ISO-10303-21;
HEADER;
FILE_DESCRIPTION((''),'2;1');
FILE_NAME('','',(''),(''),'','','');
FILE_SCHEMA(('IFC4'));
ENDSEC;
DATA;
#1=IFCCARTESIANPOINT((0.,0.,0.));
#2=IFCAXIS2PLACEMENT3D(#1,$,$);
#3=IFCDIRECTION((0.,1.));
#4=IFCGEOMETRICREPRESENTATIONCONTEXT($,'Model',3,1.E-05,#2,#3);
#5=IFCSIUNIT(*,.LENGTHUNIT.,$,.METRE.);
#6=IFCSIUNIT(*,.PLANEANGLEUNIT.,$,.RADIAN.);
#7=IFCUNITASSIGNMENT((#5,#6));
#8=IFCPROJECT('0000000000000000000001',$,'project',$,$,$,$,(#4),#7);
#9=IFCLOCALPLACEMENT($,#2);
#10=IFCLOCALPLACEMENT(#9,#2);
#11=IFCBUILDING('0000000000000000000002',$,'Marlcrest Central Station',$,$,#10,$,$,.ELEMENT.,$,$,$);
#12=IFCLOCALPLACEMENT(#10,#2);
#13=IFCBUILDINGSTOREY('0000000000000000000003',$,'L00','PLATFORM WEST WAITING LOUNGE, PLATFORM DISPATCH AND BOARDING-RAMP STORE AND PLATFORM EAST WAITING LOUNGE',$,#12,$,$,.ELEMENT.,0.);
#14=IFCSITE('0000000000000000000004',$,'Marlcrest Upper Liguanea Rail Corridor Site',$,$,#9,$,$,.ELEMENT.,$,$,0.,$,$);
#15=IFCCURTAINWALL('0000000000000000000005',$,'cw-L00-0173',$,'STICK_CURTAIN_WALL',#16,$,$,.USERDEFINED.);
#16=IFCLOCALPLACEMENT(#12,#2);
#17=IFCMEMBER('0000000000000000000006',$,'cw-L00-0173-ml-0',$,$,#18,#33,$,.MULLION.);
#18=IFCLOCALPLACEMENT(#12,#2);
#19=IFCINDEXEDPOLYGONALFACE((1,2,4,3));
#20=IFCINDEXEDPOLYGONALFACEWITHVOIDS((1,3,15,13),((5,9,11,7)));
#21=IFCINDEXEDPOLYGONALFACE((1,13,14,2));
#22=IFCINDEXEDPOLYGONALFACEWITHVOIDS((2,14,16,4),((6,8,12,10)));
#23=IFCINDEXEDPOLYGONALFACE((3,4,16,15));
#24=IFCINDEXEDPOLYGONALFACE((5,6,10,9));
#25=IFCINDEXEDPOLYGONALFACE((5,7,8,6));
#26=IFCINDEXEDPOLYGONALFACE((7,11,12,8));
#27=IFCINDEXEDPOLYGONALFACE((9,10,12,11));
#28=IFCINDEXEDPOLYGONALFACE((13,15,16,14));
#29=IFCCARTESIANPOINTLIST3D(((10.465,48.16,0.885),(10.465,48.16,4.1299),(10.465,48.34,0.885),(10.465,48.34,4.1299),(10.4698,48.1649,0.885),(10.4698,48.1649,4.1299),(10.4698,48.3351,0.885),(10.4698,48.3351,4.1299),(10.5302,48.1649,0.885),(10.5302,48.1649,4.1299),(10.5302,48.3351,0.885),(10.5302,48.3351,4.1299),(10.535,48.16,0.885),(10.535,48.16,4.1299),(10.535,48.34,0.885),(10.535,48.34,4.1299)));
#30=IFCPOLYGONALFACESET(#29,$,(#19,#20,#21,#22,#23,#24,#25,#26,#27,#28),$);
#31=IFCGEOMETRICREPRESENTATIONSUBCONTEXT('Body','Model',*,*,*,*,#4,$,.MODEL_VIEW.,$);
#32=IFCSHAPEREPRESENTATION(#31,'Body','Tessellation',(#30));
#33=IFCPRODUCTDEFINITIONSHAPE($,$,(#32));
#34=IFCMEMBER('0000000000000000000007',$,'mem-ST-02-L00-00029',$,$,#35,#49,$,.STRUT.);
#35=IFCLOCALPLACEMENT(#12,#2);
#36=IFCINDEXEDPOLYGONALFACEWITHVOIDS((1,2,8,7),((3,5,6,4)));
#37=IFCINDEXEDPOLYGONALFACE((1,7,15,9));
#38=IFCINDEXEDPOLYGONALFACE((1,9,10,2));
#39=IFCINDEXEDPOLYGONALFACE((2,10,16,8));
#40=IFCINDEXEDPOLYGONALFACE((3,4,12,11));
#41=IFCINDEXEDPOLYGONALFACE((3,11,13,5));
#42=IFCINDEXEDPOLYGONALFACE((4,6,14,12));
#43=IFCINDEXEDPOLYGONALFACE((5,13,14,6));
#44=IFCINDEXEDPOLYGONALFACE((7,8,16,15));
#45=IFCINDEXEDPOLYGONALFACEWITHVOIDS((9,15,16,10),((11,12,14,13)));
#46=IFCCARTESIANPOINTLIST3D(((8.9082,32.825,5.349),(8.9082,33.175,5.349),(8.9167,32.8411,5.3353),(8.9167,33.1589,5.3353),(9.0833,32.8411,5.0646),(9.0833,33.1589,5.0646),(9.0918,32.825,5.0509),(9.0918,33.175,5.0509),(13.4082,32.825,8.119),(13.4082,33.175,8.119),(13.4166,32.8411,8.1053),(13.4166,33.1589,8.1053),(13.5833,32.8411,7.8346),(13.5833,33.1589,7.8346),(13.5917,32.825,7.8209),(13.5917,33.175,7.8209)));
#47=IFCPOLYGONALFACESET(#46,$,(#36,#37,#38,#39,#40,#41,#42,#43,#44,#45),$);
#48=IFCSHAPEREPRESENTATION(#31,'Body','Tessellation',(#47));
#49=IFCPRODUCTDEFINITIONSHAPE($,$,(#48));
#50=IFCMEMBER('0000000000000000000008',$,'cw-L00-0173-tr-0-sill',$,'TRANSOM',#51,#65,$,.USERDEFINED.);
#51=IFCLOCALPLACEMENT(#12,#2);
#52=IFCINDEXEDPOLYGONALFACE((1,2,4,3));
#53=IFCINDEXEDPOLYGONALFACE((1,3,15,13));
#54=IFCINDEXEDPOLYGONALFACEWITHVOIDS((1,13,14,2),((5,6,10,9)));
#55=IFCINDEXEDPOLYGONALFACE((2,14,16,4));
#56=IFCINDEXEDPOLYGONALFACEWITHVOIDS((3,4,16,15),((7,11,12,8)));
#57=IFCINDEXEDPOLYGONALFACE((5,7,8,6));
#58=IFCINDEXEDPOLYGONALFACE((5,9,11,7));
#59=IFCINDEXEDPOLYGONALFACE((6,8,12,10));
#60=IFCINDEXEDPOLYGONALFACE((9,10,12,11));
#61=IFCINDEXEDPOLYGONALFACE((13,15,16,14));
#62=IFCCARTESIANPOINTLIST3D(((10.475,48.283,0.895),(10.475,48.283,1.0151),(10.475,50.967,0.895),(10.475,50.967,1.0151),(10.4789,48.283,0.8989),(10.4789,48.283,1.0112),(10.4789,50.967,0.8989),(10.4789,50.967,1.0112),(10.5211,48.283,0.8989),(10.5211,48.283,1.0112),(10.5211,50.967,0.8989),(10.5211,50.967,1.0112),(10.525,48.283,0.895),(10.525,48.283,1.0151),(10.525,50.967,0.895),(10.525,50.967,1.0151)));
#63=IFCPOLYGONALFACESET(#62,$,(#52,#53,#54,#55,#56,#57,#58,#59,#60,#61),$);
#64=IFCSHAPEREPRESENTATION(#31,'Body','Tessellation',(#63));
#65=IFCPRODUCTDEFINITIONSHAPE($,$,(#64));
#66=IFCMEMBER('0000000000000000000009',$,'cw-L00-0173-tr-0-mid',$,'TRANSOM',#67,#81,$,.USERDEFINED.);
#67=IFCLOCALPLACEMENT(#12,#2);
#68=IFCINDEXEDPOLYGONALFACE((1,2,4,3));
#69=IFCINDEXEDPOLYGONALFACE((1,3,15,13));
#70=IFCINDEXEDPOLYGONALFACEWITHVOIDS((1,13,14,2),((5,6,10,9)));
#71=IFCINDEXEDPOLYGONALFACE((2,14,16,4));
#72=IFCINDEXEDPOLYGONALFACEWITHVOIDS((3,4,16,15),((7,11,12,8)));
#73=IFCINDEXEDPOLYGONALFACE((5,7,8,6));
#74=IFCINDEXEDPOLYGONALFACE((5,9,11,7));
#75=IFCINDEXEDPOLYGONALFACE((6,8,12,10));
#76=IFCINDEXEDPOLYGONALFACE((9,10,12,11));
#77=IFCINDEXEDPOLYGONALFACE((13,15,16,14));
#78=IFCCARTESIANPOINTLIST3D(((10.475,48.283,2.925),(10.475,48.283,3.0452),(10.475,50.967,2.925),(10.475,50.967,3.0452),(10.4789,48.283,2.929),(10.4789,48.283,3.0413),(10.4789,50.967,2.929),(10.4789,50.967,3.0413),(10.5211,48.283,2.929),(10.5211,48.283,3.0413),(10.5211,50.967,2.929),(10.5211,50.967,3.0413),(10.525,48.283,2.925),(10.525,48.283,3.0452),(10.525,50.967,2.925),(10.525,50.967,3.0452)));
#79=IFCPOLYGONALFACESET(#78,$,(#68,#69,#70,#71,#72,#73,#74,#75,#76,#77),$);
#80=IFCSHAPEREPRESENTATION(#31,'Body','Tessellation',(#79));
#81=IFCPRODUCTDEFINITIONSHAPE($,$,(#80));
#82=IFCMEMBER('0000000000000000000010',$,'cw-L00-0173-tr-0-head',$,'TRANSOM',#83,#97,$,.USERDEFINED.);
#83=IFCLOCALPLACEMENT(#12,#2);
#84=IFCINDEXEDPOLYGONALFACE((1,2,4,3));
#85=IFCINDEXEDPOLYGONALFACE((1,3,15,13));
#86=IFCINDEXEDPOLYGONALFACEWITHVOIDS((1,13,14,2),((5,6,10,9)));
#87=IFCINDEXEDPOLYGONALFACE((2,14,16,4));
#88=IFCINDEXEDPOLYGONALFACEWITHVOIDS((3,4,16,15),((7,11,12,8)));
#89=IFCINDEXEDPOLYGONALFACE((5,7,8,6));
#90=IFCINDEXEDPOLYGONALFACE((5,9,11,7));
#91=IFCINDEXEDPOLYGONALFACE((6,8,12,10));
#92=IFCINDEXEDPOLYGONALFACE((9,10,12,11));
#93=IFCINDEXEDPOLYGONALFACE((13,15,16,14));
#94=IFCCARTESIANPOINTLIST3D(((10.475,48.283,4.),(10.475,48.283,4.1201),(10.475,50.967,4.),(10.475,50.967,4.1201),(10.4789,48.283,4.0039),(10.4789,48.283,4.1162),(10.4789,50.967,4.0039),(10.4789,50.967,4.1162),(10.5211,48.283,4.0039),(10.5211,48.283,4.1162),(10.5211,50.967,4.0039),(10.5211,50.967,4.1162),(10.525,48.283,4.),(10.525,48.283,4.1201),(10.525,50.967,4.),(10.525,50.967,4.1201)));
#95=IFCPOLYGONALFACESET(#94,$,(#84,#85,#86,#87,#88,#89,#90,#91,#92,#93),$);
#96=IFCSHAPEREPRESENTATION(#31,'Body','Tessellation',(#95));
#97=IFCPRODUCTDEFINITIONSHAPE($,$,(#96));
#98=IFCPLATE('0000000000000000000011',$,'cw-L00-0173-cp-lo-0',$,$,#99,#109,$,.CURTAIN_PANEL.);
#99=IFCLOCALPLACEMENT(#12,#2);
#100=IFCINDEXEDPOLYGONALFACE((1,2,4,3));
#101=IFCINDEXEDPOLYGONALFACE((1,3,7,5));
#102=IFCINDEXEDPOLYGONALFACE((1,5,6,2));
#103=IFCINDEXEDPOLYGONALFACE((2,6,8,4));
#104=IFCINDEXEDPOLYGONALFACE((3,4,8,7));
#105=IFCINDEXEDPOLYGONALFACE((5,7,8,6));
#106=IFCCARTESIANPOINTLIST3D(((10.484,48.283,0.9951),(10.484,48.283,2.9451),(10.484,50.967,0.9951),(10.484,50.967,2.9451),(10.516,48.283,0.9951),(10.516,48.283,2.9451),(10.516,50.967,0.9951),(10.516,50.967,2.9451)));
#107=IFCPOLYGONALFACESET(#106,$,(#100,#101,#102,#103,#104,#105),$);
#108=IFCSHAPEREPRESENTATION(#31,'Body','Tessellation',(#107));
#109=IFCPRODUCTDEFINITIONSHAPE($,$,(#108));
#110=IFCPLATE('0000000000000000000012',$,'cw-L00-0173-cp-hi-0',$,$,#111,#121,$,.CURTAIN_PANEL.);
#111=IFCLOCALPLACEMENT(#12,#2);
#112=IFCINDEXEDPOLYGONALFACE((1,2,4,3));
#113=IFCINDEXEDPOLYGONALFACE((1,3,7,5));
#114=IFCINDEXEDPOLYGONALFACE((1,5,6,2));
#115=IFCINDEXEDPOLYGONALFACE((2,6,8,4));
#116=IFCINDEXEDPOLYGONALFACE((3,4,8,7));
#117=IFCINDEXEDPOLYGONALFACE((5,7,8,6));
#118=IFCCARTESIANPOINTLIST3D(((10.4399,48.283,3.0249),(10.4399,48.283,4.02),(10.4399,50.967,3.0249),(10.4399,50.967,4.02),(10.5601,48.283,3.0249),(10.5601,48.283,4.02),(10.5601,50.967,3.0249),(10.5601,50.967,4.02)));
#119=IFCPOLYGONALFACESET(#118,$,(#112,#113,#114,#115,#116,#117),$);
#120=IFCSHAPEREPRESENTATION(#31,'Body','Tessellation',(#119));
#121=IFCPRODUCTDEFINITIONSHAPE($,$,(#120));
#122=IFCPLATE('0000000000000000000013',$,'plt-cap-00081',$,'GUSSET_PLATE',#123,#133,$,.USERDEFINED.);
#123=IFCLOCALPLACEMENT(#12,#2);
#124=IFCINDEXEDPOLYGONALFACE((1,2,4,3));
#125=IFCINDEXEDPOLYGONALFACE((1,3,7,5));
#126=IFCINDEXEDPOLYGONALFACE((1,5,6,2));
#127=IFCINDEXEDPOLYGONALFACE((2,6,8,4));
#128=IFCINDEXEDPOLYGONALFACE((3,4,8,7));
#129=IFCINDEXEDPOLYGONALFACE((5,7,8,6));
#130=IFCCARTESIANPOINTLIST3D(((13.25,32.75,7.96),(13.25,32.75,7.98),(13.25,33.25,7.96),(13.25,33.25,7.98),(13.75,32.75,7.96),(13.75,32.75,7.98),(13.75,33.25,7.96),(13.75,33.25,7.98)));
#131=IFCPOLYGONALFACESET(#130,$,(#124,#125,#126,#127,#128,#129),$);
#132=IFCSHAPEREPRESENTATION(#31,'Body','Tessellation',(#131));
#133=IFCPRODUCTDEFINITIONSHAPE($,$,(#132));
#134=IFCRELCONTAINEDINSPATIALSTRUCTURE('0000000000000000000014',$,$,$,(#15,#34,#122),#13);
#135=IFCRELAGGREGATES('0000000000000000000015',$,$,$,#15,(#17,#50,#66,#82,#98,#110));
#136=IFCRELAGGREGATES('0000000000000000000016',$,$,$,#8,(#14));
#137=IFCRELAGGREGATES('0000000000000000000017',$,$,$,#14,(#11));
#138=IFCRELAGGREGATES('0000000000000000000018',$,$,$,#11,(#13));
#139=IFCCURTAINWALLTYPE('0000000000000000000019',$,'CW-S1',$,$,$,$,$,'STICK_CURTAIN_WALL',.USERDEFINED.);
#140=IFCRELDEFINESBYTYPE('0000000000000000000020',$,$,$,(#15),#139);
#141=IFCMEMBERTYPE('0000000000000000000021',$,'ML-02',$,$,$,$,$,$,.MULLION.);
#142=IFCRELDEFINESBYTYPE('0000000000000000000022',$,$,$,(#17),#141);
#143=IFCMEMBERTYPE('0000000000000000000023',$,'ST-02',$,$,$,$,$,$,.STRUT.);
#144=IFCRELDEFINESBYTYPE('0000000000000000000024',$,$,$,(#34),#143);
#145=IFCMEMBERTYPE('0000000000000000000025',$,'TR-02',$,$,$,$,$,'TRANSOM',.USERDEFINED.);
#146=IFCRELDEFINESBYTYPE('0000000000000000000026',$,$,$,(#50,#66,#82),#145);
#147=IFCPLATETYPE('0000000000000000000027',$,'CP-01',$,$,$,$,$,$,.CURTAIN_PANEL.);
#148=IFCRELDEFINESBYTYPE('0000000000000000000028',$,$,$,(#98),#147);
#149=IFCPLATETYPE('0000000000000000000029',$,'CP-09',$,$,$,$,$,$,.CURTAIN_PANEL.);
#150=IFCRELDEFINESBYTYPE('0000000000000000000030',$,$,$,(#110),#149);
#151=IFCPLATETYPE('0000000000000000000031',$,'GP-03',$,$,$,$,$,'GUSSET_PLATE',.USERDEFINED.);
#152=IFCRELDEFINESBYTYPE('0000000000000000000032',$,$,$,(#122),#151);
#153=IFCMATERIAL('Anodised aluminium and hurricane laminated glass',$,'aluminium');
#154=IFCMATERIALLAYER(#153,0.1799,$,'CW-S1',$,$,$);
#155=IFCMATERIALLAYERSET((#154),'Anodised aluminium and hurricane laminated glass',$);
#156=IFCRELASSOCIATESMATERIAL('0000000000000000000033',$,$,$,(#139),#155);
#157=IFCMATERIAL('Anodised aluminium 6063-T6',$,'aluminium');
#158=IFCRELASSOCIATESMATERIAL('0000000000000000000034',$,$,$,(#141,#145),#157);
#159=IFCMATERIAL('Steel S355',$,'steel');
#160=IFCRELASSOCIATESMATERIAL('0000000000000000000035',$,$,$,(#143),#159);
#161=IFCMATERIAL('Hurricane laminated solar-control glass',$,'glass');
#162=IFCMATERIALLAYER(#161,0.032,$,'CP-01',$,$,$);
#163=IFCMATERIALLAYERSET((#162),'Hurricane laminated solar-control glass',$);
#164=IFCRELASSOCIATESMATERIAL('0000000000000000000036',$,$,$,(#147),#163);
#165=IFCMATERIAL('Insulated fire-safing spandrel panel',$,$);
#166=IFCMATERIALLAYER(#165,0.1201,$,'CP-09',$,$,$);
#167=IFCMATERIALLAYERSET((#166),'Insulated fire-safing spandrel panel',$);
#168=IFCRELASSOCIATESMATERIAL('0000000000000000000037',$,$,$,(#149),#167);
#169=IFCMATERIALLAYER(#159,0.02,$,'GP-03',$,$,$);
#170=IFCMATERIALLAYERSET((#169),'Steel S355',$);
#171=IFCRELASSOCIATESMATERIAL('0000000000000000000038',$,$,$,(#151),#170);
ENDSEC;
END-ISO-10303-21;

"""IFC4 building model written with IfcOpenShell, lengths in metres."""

from ifc_helpers import new_model, si_unit, direction, frame, origin, origin_2d, place, context, subcontext, project, spatial, rectangle, hollow_rectangle, extrude, material, layer, layer_set, material_profile, profile_set, type_object, element, aggregate, save


model = new_model("IFC4")

# Units and contexts
model_context = context("Model", 3, precision=1e-05, world=origin(), true_north=direction((0.0, 1.0)))
body_context = subcontext(model_context, "Body", "Model", "MODEL_VIEW")
ifc_project = project(units=[si_unit("LENGTHUNIT", "METRE"), si_unit("PLANEANGLEUNIT", "RADIAN")], contexts=[model_context])

# Site, building, storey
site_placement = place(None, origin())
site = spatial("IfcSite", under=ifc_project, at=site_placement, Name="Marlcrest Upper Liguanea Rail Corridor Site", CompositionType="ELEMENT", RefElevation=0.0)
building_placement = place(site_placement, origin())
building = spatial("IfcBuilding", under=site, at=building_placement, Name="Marlcrest Central Station", CompositionType="ELEMENT")
storey_placement = place(building_placement, origin())
storey = spatial("IfcBuildingStorey", under=building, at=storey_placement, Name="L00", Description="PLATFORM WEST WAITING LOUNGE, PLATFORM DISPATCH AND BOARDING-RAMP STORE AND PLATFORM EAST WAITING LOUNGE", CompositionType="ELEMENT", Elevation=0.0)

# Shared definitions
ifc_material_1 = material(Name="Steel S355", Category="steel")

# Shared definitions
ifc_material_2 = material(Name="Anodised aluminium and hurricane laminated glass", Category="aluminium")
ifc_layer_1 = layer(ifc_material_2, 0.1799, Name="CW-S1")
ifc_layer_set_1 = layer_set([ifc_layer_1], Name="Anodised aluminium and hurricane laminated glass")
curtain_wall_type = type_object("IfcCurtainWallType", Name="CW-S1", ElementType="STICK_CURTAIN_WALL", PredefinedType="USERDEFINED", material=ifc_layer_set_1)
ifc_material_3 = material(Name="Anodised aluminium 6063-T6", Category="aluminium")
ifc_material_profile_1 = material_profile(ifc_material_3, hollow_rectangle(XDim=0.0701, YDim=0.1799, WallThickness=0.0049, at=origin_2d()), Name="AA-RHS 180x70x5")
ifc_profile_set_1 = profile_set([ifc_material_profile_1], Name="Anodised aluminium 6063-T6")
member_type_1 = type_object("IfcMemberType", Name="ML-02", PredefinedType="MULLION", material=ifc_profile_set_1)

# Curtain wall, member
curtain_wall_1_placement = place(storey_placement, origin())
curtain_wall_1 = element("IfcCurtainWall", 1, at=curtain_wall_1_placement, inside=storey, type_object=curtain_wall_type, Name="cw-L00-0173", ObjectType="STICK_CURTAIN_WALL", PredefinedType="USERDEFINED")
member_1_placement = place(storey_placement, frame((10.5, 48.25, 0.885), z_axis=(0.0, 0.0, 1.0), x_axis=(1.0, 0.0, 0.0)))
member_1 = element("IfcMember", 2, at=member_1_placement, type_object=member_type_1, Name="cw-L00-0173-ml-0", PredefinedType="MULLION", context=body_context, shape_type="SweptSolid", body=[
    extrude(hollow_rectangle(XDim=0.0701, YDim=0.1799, WallThickness=0.0049, at=origin_2d()), origin(), (0.0, 0.0, 1.0), 3.2449),
])

# Members
ifc_material_profile_2 = material_profile(ifc_material_1, hollow_rectangle(XDim=0.3501, YDim=0.3501, WallThickness=0.0161, at=origin_2d()), Name="SHS 350x350x16")
ifc_profile_set_2 = profile_set([ifc_material_profile_2], Name="Steel S355")
member_type_2 = type_object("IfcMemberType", Name="ST-02", PredefinedType="STRUT", material=ifc_profile_set_2)
member_2_placement = place(storey_placement, frame((9.0, 33.0, 5.2), z_axis=(0.851592, 0.0, 0.524206), x_axis=(0.0, 1.0, 0.0)))
element("IfcMember", 3, at=member_2_placement, inside=storey, type_object=member_type_2, Name="mem-ST-02-L00-00029", PredefinedType="STRUT", context=body_context, shape_type="SweptSolid", body=[
    extrude(hollow_rectangle(XDim=0.3501, YDim=0.3501, WallThickness=0.0161, at=origin_2d()), origin(), (0.0, 0.0, 1.0), 5.2842),
])
ifc_material_profile_3 = material_profile(ifc_material_3, hollow_rectangle(XDim=0.05, YDim=0.1201, WallThickness=0.0039, at=origin_2d()), Name="AA-RHS 120x50x4")
ifc_profile_set_3 = profile_set([ifc_material_profile_3], Name="Anodised aluminium 6063-T6")
member_type_3 = type_object("IfcMemberType", Name="TR-02", ElementType="TRANSOM", PredefinedType="USERDEFINED", material=ifc_profile_set_3)
member_3_placement = place(storey_placement, frame((10.5, 48.283, 0.9551), z_axis=(0.0, 1.0, 0.0), x_axis=(-1.0, 0.0, 0.0)))
member_3 = element("IfcMember", 4, at=member_3_placement, type_object=member_type_3, Name="cw-L00-0173-tr-0-sill", ObjectType="TRANSOM", PredefinedType="USERDEFINED", context=body_context, shape_type="SweptSolid", body=[
    extrude(hollow_rectangle(XDim=0.05, YDim=0.1201, WallThickness=0.0039, at=origin_2d()), origin(), (0.0, 0.0, 1.0), 2.6841),
])
member_4_placement = place(storey_placement, frame((10.5, 48.283, 2.9851), z_axis=(0.0, 1.0, 0.0), x_axis=(-1.0, 0.0, 0.0)))
member_4 = element("IfcMember", 5, at=member_4_placement, type_object=member_type_3, Name="cw-L00-0173-tr-0-mid", ObjectType="TRANSOM", PredefinedType="USERDEFINED", context=body_context, shape_type="SweptSolid", body=[
    extrude(hollow_rectangle(XDim=0.05, YDim=0.1201, WallThickness=0.0039, at=origin_2d()), origin(), (0.0, 0.0, 1.0), 2.6841),
])
member_5_placement = place(storey_placement, frame((10.5, 48.283, 4.0601), z_axis=(0.0, 1.0, 0.0), x_axis=(-1.0, 0.0, 0.0)))
member_5 = element("IfcMember", 6, at=member_5_placement, type_object=member_type_3, Name="cw-L00-0173-tr-0-head", ObjectType="TRANSOM", PredefinedType="USERDEFINED", context=body_context, shape_type="SweptSolid", body=[
    extrude(hollow_rectangle(XDim=0.05, YDim=0.1201, WallThickness=0.0039, at=origin_2d()), origin(), (0.0, 0.0, 1.0), 2.6841),
])

# Plates
ifc_material_4 = material(Name="Hurricane laminated solar-control glass", Category="glass")
ifc_layer_2 = layer(ifc_material_4, 0.032, Name="CP-01")
ifc_layer_set_2 = layer_set([ifc_layer_2], Name="Hurricane laminated solar-control glass")
plate_type_1 = type_object("IfcPlateType", Name="CP-01", PredefinedType="CURTAIN_PANEL", material=ifc_layer_set_2)
plate_1_placement = place(storey_placement, frame((10.5, 49.625, 0.9951), z_axis=(0.0, 0.0, 1.0), x_axis=(0.0, 1.0, 0.0)))
plate_1 = element("IfcPlate", 7, at=plate_1_placement, type_object=plate_type_1, Name="cw-L00-0173-cp-lo-0", PredefinedType="CURTAIN_PANEL", context=body_context, shape_type="SweptSolid", body=[
    extrude(rectangle(XDim=2.6841, YDim=0.032, at=origin_2d()), origin(), (0.0, 0.0, 1.0), 1.95),
])
ifc_material_5 = material(Name="Insulated fire-safing spandrel panel")
ifc_layer_3 = layer(ifc_material_5, 0.1201, Name="CP-09")
ifc_layer_set_3 = layer_set([ifc_layer_3], Name="Insulated fire-safing spandrel panel")
plate_type_2 = type_object("IfcPlateType", Name="CP-09", PredefinedType="CURTAIN_PANEL", material=ifc_layer_set_3)
plate_2_placement = place(storey_placement, frame((10.5, 49.625, 3.0249), z_axis=(0.0, 0.0, 1.0), x_axis=(0.0, 1.0, 0.0)))
plate_2 = element("IfcPlate", 8, at=plate_2_placement, type_object=plate_type_2, Name="cw-L00-0173-cp-hi-0", PredefinedType="CURTAIN_PANEL", context=body_context, shape_type="SweptSolid", body=[
    extrude(rectangle(XDim=2.6841, YDim=0.1201, at=origin_2d()), origin(), (0.0, 0.0, 1.0), 0.9951),
])
aggregate(curtain_wall_1, [member_1, member_3, member_4, member_5, plate_1, plate_2])
ifc_layer_4 = layer(ifc_material_1, 0.02, Name="GP-03")
ifc_layer_set_4 = layer_set([ifc_layer_4], Name="Steel S355")
plate_type_3 = type_object("IfcPlateType", Name="GP-03", ElementType="GUSSET_PLATE", PredefinedType="USERDEFINED", material=ifc_layer_set_4)
plate_3_placement = place(storey_placement, frame((13.5, 33.0, 7.96), z_axis=(0.0, 0.0, 1.0), x_axis=(1.0, 0.0, 0.0)))
element("IfcPlate", 9, at=plate_3_placement, inside=storey, type_object=plate_type_3, Name="plt-cap-00081", ObjectType="GUSSET_PLATE", PredefinedType="USERDEFINED", context=body_context, shape_type="SweptSolid", body=[
    extrude(rectangle(XDim=0.5, YDim=0.5, at=origin_2d()), origin(), (0.0, 0.0, 1.0), 0.02),
])

save(model, "model.ifc")
